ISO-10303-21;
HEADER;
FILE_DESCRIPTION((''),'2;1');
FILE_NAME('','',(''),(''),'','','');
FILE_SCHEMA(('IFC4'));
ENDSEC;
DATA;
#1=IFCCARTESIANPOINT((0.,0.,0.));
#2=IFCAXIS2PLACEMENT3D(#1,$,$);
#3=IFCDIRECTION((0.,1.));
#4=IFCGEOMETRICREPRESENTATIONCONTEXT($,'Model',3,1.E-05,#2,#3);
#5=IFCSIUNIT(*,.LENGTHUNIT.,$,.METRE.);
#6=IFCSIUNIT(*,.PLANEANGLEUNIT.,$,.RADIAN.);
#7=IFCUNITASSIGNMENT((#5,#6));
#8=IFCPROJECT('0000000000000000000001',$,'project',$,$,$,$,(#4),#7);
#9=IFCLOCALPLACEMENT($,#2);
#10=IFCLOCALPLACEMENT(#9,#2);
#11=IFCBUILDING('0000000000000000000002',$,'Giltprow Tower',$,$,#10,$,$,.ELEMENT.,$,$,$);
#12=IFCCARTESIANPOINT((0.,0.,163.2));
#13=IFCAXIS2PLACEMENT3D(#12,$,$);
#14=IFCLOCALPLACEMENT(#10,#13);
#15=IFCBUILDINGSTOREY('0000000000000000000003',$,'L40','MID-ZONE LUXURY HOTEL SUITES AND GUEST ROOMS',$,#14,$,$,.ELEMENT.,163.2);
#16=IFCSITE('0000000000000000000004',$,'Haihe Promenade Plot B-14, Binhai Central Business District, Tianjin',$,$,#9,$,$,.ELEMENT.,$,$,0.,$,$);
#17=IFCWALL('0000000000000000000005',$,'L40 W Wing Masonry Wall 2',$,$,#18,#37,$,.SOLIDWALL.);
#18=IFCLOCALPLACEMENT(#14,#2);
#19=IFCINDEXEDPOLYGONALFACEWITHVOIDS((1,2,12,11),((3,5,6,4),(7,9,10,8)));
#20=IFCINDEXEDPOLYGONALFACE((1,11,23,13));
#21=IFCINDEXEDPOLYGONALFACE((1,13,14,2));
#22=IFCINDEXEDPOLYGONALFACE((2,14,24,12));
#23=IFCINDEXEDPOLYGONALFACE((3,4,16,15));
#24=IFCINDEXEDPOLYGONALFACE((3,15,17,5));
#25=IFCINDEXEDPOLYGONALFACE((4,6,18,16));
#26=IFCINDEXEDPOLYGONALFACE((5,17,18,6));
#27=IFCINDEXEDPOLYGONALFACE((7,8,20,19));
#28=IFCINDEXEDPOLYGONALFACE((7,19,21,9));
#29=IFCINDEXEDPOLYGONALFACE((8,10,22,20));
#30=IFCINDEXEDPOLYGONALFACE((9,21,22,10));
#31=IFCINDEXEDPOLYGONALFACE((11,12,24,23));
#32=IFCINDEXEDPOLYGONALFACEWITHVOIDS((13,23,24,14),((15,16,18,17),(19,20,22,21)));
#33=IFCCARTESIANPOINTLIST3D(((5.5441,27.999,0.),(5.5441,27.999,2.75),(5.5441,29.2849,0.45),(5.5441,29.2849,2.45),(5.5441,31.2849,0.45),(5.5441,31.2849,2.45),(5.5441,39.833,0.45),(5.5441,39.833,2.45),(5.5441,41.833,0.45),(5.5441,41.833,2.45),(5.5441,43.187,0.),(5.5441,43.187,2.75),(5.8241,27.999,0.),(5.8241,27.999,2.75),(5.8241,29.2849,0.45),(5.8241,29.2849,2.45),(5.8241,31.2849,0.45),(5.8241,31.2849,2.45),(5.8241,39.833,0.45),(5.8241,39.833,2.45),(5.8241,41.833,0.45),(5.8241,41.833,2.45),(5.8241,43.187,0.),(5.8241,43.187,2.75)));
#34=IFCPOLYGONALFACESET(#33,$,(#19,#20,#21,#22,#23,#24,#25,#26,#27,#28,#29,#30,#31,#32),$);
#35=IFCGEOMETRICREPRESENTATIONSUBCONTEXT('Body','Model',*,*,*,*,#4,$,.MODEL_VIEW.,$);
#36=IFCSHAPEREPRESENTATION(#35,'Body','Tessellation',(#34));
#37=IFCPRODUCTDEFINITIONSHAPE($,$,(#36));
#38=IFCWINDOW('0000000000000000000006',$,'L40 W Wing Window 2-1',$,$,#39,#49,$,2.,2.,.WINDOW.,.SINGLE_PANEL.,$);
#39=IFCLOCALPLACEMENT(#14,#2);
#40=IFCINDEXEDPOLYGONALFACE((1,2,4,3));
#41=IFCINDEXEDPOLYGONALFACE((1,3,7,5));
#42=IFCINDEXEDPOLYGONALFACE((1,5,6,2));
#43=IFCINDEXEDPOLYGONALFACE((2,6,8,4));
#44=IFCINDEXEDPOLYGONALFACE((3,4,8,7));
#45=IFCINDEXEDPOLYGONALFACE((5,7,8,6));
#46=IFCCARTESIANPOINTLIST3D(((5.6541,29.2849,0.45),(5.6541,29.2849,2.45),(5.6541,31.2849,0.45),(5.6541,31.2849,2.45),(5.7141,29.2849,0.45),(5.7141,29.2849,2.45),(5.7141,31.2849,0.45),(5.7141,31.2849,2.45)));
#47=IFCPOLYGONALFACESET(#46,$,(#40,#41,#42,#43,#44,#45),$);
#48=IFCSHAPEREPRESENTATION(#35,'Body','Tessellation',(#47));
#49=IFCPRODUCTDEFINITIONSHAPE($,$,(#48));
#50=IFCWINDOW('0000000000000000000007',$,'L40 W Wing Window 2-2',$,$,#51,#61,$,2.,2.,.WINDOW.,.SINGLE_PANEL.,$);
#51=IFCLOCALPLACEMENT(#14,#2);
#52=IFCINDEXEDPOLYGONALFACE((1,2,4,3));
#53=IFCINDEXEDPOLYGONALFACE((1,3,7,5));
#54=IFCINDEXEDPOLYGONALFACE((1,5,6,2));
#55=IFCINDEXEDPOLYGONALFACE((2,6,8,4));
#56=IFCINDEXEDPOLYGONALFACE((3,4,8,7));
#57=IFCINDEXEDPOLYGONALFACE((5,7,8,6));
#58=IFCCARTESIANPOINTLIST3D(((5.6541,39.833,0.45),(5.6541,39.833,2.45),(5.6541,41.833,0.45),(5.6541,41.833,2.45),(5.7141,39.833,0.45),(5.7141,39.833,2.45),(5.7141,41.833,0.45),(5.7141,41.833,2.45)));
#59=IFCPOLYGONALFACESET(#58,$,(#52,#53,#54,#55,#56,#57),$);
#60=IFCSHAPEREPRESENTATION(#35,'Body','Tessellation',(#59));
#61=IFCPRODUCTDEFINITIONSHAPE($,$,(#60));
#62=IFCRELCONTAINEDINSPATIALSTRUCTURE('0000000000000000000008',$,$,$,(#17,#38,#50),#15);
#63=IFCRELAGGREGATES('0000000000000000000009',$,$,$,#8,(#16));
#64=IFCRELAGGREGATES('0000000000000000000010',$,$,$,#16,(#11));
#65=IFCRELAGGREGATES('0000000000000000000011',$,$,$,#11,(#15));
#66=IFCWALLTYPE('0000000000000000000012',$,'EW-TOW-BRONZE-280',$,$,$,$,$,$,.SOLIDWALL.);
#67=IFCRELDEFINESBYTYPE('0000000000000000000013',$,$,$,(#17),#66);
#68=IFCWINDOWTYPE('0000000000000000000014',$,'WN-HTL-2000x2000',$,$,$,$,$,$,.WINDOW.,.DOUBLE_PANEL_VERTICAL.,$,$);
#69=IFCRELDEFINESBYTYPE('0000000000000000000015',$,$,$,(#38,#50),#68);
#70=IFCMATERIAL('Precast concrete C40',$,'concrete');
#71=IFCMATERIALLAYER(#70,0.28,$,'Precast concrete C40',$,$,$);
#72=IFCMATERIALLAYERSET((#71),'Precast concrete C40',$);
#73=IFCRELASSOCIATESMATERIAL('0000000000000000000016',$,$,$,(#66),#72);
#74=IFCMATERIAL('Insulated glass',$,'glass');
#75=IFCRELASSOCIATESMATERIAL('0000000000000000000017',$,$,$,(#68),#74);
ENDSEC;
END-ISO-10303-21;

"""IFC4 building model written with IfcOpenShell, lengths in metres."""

from ifc_helpers import new_model, si_unit, direction, frame, frame_2d, origin, place, context, subcontext, project, spatial, rectangle, extrude, source, transform, mapped, material, layer, layer_set, type_object, element, fill, save


model = new_model("IFC4")

# Units and contexts
model_context = context("Model", 3, precision=1e-05, world=origin(), true_north=direction((0.0, 1.0)))
body_context = subcontext(model_context, "Body", "Model", "MODEL_VIEW")
ifc_project = project(units=[si_unit("LENGTHUNIT", "METRE"), si_unit("PLANEANGLEUNIT", "RADIAN")], contexts=[model_context])

# Site, building, storey
site_placement = place(None, origin())
site = spatial("IfcSite", under=ifc_project, at=site_placement, Name="Haihe Promenade Plot B-14, Binhai Central Business District, Tianjin", CompositionType="ELEMENT", RefElevation=0.0)
building_placement = place(site_placement, origin())
building = spatial("IfcBuilding", under=site, at=building_placement, Name="Giltprow Tower", CompositionType="ELEMENT")
storey_placement = place(building_placement, frame((0.0, 0.0, 163.2)))
storey = spatial("IfcBuildingStorey", under=building, at=storey_placement, Name="L40", Description="MID-ZONE LUXURY HOTEL SUITES AND GUEST ROOMS", CompositionType="ELEMENT", Elevation=163.2)

# Wall, openings, windows
ifc_material_1 = material(Name="Precast concrete C40", Category="concrete")
ifc_layer_1 = layer(ifc_material_1, 0.28, Name="Precast concrete C40")
ifc_layer_set_1 = layer_set([ifc_layer_1], Name="Precast concrete C40")
wall_type_1 = type_object("IfcWallType", Name="EW-TOW-BRONZE-280", PredefinedType="SOLIDWALL", material=ifc_layer_set_1)
wall_1_placement = place(storey_placement, frame((5.6841, 27.999, 0.0), z_axis=(0.0, 0.0, 1.0), x_axis=(0.0, 1.0, 0.0)))
wall_1 = element("IfcWall", 1, at=wall_1_placement, inside=storey, type_object=wall_type_1, Name="L40 W Wing Masonry Wall 2", PredefinedType="SOLIDWALL", context=body_context, shape_type="SweptSolid", body=[
    extrude(rectangle(XDim=15.188, YDim=0.28, at=frame_2d((7.594, 0.0))), origin(), (0.0, 0.0, 1.0), 2.75),
])
opening_1_placement = place(wall_1_placement, frame((1.2859, 0.0, 0.45)))
opening_1 = element("IfcOpeningElement", 2, at=opening_1_placement, cuts=wall_1, PredefinedType="OPENING", context=body_context, shape_type="SweptSolid", body=[
    extrude(rectangle(XDim=2.0, YDim=2.0, at=frame_2d((1.0, 1.0))), frame((0.0, 0.1499, 0.0), z_axis=(0.0, -1.0, 0.0), x_axis=(1.0, 0.0, 0.0)), (0.0, 0.0, 1.0), 0.3),
])
opening_2_placement = place(wall_1_placement, frame((11.834, 0.0, 0.45)))
opening_2 = element("IfcOpeningElement", 3, at=opening_2_placement, cuts=wall_1, PredefinedType="OPENING", context=body_context, shape_type="SweptSolid", body=[
    extrude(rectangle(XDim=2.0, YDim=2.0, at=frame_2d((1.0, 1.0))), frame((0.0, 0.1499, 0.0), z_axis=(0.0, -1.0, 0.0), x_axis=(1.0, 0.0, 0.0)), (0.0, 0.0, 1.0), 0.3),
])
ifc_material_2 = material(Name="Insulated glass", Category="glass")
window_type = type_object("IfcWindowType", Name="WN-HTL-2000x2000", PartitioningType="DOUBLE_PANEL_VERTICAL", PredefinedType="WINDOW", material=ifc_material_2)
shared_shape_1 = source(origin(), body_context, "Body", "SweptSolid", [
    extrude(rectangle(XDim=2.0, YDim=2.0, at=frame_2d((1.0, 1.0))), frame((0.0, 0.03, 0.0), z_axis=(0.0, -1.0, 0.0), x_axis=(1.0, 0.0, 0.0)), (0.0, 0.0, 1.0), 0.0601),
])
window_1_placement = place(opening_1_placement, origin())
window_1 = element("IfcWindow", 4, at=window_1_placement, inside=storey, type_object=window_type, Name="L40 W Wing Window 2-1", OverallHeight=2.0, OverallWidth=2.0, PartitioningType="SINGLE_PANEL", PredefinedType="WINDOW", context=body_context, shape_type="MappedRepresentation", body=[
    mapped(shared_shape_1, transform((0.0, 0.0, 0.0), x_axis=(1.0, 0.0, 0.0), y_axis=(0.0, 1.0, 0.0), z_axis=(0.0, 0.0, 1.0), scale=1.0)),
])
fill(opening_1, window_1)
window_2_placement = place(opening_2_placement, origin())
window_2 = element("IfcWindow", 5, at=window_2_placement, inside=storey, type_object=window_type, Name="L40 W Wing Window 2-2", OverallHeight=2.0, OverallWidth=2.0, PartitioningType="SINGLE_PANEL", PredefinedType="WINDOW", context=body_context, shape_type="MappedRepresentation", body=[
    mapped(shared_shape_1, transform((0.0, 0.0, 0.0), x_axis=(1.0, 0.0, 0.0), y_axis=(0.0, 1.0, 0.0), z_axis=(0.0, 0.0, 1.0), scale=1.0)),
])
fill(opening_2, window_2)

save(model, "model.ifc")
